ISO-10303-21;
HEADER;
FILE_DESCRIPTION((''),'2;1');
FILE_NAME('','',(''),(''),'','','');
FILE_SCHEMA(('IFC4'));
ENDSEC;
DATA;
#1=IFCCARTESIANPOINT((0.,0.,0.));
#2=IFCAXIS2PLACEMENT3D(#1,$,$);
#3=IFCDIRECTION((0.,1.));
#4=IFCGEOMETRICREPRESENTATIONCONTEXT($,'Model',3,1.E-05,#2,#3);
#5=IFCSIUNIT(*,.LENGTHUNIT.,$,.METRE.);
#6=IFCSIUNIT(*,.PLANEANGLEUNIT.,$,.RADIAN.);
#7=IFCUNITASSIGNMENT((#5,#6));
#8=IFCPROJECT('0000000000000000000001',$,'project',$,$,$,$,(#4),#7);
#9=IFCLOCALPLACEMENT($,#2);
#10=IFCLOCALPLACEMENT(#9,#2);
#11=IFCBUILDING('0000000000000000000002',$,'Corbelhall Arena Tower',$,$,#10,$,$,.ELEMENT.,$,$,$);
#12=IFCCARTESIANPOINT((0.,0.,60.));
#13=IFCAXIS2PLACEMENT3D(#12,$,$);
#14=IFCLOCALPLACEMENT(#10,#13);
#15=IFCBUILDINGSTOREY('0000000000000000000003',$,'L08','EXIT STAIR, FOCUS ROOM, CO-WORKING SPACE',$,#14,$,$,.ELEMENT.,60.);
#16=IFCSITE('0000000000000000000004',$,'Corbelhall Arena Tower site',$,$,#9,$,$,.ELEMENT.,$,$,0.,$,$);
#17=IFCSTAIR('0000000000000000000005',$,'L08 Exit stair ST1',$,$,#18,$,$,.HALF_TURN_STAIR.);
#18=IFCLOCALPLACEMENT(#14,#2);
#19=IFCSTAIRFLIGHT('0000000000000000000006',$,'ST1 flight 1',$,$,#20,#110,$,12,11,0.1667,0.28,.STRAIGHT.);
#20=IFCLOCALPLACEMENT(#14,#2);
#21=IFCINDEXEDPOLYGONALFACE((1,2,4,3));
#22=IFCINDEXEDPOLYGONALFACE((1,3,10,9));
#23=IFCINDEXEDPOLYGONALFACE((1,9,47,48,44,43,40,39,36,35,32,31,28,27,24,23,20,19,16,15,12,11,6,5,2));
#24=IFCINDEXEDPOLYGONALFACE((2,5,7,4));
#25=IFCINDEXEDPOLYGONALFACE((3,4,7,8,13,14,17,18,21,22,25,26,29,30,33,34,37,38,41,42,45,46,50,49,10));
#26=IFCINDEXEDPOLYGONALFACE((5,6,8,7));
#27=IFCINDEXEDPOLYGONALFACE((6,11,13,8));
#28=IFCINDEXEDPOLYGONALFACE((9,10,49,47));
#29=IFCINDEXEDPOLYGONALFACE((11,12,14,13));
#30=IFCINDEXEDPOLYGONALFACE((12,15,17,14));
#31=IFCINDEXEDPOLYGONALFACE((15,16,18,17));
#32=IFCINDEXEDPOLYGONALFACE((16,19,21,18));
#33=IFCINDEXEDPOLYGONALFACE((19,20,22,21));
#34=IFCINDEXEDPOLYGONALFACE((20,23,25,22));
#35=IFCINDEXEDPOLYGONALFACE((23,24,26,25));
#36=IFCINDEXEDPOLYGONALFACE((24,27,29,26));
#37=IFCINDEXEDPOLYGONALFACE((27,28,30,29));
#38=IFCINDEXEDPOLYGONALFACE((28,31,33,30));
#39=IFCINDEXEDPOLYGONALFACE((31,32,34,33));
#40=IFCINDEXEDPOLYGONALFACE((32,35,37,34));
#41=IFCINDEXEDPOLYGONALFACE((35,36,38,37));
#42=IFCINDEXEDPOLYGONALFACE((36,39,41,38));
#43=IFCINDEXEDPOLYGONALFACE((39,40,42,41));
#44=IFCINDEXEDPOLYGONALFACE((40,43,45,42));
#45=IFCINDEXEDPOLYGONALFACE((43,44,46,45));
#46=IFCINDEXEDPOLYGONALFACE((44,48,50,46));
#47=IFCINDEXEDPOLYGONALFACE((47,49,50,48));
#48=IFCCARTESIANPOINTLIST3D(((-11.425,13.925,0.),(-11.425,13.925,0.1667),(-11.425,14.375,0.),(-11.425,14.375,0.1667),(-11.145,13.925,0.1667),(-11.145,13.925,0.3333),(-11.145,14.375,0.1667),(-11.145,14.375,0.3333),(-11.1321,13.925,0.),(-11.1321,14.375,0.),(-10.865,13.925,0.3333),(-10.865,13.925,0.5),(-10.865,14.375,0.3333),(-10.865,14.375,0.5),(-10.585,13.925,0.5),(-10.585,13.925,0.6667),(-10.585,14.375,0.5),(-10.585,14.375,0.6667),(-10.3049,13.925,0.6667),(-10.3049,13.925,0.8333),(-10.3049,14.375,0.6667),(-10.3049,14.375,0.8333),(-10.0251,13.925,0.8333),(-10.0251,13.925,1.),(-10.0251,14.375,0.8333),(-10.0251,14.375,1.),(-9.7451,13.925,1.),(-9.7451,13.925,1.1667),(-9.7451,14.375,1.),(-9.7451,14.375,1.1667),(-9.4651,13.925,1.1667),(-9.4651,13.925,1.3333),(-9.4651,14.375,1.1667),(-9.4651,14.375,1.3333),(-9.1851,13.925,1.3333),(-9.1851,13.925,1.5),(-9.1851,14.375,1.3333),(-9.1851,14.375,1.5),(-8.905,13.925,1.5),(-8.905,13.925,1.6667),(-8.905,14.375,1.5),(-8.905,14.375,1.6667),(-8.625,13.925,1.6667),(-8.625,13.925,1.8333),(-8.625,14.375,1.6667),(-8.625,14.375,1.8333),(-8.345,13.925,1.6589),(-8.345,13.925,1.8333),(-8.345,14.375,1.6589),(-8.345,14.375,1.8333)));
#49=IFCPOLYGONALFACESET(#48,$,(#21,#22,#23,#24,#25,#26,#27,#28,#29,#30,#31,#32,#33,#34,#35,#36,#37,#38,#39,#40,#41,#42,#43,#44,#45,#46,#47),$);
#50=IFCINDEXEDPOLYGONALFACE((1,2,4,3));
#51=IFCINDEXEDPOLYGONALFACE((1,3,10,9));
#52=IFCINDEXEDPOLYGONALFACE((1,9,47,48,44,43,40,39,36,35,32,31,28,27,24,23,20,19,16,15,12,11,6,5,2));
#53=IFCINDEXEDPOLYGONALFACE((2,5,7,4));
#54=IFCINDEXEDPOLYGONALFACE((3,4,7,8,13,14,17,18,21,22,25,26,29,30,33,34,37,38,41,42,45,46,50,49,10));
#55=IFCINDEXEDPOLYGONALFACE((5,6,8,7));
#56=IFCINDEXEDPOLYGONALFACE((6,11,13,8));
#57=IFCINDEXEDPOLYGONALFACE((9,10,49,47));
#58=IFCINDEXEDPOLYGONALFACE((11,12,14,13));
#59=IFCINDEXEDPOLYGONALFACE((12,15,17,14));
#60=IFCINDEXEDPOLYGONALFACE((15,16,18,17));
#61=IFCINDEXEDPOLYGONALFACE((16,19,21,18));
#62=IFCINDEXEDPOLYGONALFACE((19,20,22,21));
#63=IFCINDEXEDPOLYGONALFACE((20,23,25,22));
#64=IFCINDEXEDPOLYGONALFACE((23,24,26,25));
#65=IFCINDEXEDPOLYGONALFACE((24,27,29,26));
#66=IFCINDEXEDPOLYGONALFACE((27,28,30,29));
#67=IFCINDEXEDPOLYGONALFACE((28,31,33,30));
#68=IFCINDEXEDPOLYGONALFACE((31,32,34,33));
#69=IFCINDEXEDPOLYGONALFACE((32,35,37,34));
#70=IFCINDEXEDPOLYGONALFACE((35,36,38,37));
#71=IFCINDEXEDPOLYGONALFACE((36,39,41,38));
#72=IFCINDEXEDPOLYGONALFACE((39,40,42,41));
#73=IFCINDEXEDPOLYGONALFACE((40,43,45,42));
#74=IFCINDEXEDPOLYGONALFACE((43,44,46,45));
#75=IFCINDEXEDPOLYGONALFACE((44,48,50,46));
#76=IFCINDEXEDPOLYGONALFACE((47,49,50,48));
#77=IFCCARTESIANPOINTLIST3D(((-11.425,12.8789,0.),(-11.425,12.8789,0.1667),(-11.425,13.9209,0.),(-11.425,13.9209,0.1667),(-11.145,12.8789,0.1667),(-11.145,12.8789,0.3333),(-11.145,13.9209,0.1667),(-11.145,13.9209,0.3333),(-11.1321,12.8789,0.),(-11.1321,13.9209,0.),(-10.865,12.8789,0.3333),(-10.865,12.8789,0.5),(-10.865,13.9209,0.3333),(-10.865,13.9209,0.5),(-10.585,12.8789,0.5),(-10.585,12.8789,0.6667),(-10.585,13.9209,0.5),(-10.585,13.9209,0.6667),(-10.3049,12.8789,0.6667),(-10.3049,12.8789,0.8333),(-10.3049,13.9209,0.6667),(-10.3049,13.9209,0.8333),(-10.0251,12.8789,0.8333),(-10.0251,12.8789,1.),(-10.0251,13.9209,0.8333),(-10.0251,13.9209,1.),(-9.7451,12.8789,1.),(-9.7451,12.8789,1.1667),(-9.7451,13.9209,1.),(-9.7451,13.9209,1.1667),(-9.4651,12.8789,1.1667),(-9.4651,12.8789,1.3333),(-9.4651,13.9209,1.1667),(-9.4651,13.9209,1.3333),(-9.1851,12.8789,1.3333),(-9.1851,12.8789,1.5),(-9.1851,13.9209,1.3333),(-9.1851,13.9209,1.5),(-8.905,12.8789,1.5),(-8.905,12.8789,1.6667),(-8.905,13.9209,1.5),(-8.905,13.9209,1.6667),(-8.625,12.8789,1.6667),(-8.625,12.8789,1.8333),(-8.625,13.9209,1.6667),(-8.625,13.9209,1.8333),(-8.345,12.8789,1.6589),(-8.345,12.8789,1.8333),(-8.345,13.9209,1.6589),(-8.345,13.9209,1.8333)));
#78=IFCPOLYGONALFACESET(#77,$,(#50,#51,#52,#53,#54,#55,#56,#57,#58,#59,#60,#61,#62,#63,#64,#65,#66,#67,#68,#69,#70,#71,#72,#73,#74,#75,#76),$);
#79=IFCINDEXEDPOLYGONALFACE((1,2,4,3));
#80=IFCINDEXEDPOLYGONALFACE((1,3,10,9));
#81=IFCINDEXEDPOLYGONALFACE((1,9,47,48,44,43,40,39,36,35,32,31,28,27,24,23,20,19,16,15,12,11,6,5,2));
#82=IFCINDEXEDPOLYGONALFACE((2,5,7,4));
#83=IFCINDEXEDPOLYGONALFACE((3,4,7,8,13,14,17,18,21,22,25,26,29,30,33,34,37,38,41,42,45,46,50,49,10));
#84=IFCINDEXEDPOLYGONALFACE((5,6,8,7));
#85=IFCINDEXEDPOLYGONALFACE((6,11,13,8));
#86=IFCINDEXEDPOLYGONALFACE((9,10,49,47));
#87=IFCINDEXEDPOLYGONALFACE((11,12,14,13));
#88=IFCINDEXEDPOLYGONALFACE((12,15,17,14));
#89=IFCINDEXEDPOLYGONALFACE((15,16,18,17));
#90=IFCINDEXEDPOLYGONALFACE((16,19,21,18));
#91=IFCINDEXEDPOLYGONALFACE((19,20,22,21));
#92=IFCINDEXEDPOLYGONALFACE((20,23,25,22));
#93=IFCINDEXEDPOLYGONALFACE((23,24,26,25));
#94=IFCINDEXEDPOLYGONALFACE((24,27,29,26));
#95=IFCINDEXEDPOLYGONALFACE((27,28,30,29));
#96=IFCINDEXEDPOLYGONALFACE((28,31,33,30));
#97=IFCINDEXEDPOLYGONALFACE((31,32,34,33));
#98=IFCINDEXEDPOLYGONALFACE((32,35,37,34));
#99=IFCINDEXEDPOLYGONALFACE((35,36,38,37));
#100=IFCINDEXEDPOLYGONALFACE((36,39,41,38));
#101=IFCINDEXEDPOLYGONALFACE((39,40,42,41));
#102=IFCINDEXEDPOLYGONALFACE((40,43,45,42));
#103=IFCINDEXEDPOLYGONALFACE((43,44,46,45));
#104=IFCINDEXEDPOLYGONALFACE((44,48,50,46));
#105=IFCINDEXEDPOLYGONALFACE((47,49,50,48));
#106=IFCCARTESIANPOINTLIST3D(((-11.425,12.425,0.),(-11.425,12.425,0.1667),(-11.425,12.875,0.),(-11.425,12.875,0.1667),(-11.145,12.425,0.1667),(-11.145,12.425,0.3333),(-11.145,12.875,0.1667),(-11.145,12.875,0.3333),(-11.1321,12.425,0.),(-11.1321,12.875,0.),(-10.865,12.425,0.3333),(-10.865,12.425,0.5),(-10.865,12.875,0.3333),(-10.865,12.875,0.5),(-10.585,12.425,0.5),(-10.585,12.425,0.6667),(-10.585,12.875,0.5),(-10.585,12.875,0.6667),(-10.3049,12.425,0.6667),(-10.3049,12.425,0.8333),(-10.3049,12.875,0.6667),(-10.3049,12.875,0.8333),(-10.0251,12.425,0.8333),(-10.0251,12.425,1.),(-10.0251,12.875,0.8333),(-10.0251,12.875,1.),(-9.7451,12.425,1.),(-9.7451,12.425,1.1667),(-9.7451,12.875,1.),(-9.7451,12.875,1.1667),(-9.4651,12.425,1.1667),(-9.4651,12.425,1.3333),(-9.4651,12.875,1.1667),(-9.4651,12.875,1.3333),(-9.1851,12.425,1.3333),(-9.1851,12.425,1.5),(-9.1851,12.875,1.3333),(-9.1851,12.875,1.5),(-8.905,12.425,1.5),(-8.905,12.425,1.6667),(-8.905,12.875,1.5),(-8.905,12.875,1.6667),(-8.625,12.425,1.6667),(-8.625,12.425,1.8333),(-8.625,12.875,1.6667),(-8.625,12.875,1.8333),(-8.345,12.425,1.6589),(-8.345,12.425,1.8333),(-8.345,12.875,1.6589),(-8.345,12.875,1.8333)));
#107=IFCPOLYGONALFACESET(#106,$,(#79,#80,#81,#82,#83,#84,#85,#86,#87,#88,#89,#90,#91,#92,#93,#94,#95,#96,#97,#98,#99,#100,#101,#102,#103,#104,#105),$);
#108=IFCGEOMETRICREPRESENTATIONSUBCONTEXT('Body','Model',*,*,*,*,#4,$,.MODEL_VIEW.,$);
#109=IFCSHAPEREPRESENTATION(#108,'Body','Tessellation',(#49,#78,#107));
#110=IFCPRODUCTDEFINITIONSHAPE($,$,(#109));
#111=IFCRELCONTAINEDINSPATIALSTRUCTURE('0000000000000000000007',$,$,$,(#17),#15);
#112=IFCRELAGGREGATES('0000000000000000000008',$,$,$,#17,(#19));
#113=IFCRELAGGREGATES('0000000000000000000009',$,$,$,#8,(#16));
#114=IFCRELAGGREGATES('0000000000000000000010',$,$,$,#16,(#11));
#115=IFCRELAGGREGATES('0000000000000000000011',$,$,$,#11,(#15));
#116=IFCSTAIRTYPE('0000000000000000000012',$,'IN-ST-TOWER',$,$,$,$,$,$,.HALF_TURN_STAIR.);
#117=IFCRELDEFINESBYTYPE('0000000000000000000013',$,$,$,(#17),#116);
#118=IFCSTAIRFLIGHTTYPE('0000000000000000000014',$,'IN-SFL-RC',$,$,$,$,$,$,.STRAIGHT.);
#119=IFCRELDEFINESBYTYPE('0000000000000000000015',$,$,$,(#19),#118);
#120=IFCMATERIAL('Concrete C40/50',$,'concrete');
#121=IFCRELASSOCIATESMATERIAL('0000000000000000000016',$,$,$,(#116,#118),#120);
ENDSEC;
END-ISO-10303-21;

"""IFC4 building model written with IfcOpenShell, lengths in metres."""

from ifc_helpers import new_model, si_unit, direction, frame, origin, place, context, subcontext, project, spatial, polyline, outline, extrude, material, type_object, element, aggregate, save


model = new_model("IFC4")

# Units and contexts
model_context = context("Model", 3, precision=1e-05, world=origin(), true_north=direction((0.0, 1.0)))
body_context = subcontext(model_context, "Body", "Model", "MODEL_VIEW")
ifc_project = project(units=[si_unit("LENGTHUNIT", "METRE"), si_unit("PLANEANGLEUNIT", "RADIAN")], contexts=[model_context])

# Site, building, storey
site_placement = place(None, origin())
site = spatial("IfcSite", under=ifc_project, at=site_placement, Name="Corbelhall Arena Tower site", CompositionType="ELEMENT", RefElevation=0.0)
building_placement = place(site_placement, origin())
building = spatial("IfcBuilding", under=site, at=building_placement, Name="Corbelhall Arena Tower", CompositionType="ELEMENT")
storey_placement = place(building_placement, frame((0.0, 0.0, 60.0)))
storey = spatial("IfcBuildingStorey", under=building, at=storey_placement, Name="L08", Description="EXIT STAIR, FOCUS ROOM, CO-WORKING SPACE", CompositionType="ELEMENT", Elevation=60.0)

# Shared definitions
ifc_material_1 = material(Name="Concrete C40/50", Category="concrete")

# Stair, stair flight
stair_type = type_object("IfcStairType", Name="IN-ST-TOWER", PredefinedType="HALF_TURN_STAIR", material=ifc_material_1)
stair_1_placement = place(storey_placement, origin())
stair_1 = element("IfcStair", 1, at=stair_1_placement, inside=storey, type_object=stair_type, Name="L08 Exit stair ST1", PredefinedType="HALF_TURN_STAIR")
stair_flight_type = type_object("IfcStairFlightType", Name="IN-SFL-RC", PredefinedType="STRAIGHT", material=ifc_material_1)
stair_flight_1_placement = place(storey_placement, frame((-11.425, 13.3999, 0.0), z_axis=(0.0, 0.0, 1.0), x_axis=(1.0, 0.0, 0.0)))
stair_flight_1 = element("IfcStairFlight", 2, at=stair_flight_1_placement, type_object=stair_flight_type, Name="ST1 flight 1", NumberOfRisers=12, NumberOfTreads=11, PredefinedType="STRAIGHT", RiserHeight=0.1667, TreadLength=0.28, context=body_context, shape_type="SweptSolid", body=[
    extrude(outline(polyline([(0.0, 0.0), (0.0, 0.1667), (0.28, 0.1667), (0.28, 0.3333), (0.5601, 0.3333), (0.5601, 0.5), (0.8401, 0.5), (0.8401, 0.6667), (1.1201, 0.6667), (1.1201, 0.8333), (1.3999, 0.8333), (1.3999, 1.0), (1.6799, 1.0), (1.6799, 1.1667), (1.96, 1.1667), (1.96, 1.3333), (2.24, 1.3333), (2.24, 1.5), (2.52, 1.5), (2.52, 1.6667), (2.8, 1.6667), (2.8, 1.8333), (3.0801, 1.8333), (3.0801, 2.0), (3.0801, 1.6589), (0.293, 0.0), (0.0, 0.0)])), frame((0.0, 0.9751, 0.0), z_axis=(0.0, -1.0, 0.0), x_axis=(1.0, 0.0, 0.0)), (0.0, 0.0, 1.0), 0.45),
    extrude(outline(polyline([(0.0, 0.0), (0.0, 0.1667), (0.28, 0.1667), (0.28, 0.3333), (0.5601, 0.3333), (0.5601, 0.5), (0.8401, 0.5), (0.8401, 0.6667), (1.1201, 0.6667), (1.1201, 0.8333), (1.3999, 0.8333), (1.3999, 1.0), (1.6799, 1.0), (1.6799, 1.1667), (1.96, 1.1667), (1.96, 1.3333), (2.24, 1.3333), (2.24, 1.5), (2.52, 1.5), (2.52, 1.6667), (2.8, 1.6667), (2.8, 1.8333), (3.0801, 1.8333), (3.0801, 2.0), (3.0801, 1.6589), (0.293, 0.0), (0.0, 0.0)])), frame((0.0, 0.521, 0.0), z_axis=(0.0, -1.0, 0.0), x_axis=(1.0, 0.0, 0.0)), (0.0, 0.0, 1.0), 1.042),
    extrude(outline(polyline([(0.0, 0.0), (0.0, 0.1667), (0.28, 0.1667), (0.28, 0.3333), (0.5601, 0.3333), (0.5601, 0.5), (0.8401, 0.5), (0.8401, 0.6667), (1.1201, 0.6667), (1.1201, 0.8333), (1.3999, 0.8333), (1.3999, 1.0), (1.6799, 1.0), (1.6799, 1.1667), (1.96, 1.1667), (1.96, 1.3333), (2.24, 1.3333), (2.24, 1.5), (2.52, 1.5), (2.52, 1.6667), (2.8, 1.6667), (2.8, 1.8333), (3.0801, 1.8333), (3.0801, 2.0), (3.0801, 1.6589), (0.293, 0.0), (0.0, 0.0)])), frame((0.0, -0.5249, 0.0), z_axis=(0.0, -1.0, 0.0), x_axis=(1.0, 0.0, 0.0)), (0.0, 0.0, 1.0), 0.45),
])
aggregate(stair_1, [stair_flight_1])

save(model, "model.ifc")
